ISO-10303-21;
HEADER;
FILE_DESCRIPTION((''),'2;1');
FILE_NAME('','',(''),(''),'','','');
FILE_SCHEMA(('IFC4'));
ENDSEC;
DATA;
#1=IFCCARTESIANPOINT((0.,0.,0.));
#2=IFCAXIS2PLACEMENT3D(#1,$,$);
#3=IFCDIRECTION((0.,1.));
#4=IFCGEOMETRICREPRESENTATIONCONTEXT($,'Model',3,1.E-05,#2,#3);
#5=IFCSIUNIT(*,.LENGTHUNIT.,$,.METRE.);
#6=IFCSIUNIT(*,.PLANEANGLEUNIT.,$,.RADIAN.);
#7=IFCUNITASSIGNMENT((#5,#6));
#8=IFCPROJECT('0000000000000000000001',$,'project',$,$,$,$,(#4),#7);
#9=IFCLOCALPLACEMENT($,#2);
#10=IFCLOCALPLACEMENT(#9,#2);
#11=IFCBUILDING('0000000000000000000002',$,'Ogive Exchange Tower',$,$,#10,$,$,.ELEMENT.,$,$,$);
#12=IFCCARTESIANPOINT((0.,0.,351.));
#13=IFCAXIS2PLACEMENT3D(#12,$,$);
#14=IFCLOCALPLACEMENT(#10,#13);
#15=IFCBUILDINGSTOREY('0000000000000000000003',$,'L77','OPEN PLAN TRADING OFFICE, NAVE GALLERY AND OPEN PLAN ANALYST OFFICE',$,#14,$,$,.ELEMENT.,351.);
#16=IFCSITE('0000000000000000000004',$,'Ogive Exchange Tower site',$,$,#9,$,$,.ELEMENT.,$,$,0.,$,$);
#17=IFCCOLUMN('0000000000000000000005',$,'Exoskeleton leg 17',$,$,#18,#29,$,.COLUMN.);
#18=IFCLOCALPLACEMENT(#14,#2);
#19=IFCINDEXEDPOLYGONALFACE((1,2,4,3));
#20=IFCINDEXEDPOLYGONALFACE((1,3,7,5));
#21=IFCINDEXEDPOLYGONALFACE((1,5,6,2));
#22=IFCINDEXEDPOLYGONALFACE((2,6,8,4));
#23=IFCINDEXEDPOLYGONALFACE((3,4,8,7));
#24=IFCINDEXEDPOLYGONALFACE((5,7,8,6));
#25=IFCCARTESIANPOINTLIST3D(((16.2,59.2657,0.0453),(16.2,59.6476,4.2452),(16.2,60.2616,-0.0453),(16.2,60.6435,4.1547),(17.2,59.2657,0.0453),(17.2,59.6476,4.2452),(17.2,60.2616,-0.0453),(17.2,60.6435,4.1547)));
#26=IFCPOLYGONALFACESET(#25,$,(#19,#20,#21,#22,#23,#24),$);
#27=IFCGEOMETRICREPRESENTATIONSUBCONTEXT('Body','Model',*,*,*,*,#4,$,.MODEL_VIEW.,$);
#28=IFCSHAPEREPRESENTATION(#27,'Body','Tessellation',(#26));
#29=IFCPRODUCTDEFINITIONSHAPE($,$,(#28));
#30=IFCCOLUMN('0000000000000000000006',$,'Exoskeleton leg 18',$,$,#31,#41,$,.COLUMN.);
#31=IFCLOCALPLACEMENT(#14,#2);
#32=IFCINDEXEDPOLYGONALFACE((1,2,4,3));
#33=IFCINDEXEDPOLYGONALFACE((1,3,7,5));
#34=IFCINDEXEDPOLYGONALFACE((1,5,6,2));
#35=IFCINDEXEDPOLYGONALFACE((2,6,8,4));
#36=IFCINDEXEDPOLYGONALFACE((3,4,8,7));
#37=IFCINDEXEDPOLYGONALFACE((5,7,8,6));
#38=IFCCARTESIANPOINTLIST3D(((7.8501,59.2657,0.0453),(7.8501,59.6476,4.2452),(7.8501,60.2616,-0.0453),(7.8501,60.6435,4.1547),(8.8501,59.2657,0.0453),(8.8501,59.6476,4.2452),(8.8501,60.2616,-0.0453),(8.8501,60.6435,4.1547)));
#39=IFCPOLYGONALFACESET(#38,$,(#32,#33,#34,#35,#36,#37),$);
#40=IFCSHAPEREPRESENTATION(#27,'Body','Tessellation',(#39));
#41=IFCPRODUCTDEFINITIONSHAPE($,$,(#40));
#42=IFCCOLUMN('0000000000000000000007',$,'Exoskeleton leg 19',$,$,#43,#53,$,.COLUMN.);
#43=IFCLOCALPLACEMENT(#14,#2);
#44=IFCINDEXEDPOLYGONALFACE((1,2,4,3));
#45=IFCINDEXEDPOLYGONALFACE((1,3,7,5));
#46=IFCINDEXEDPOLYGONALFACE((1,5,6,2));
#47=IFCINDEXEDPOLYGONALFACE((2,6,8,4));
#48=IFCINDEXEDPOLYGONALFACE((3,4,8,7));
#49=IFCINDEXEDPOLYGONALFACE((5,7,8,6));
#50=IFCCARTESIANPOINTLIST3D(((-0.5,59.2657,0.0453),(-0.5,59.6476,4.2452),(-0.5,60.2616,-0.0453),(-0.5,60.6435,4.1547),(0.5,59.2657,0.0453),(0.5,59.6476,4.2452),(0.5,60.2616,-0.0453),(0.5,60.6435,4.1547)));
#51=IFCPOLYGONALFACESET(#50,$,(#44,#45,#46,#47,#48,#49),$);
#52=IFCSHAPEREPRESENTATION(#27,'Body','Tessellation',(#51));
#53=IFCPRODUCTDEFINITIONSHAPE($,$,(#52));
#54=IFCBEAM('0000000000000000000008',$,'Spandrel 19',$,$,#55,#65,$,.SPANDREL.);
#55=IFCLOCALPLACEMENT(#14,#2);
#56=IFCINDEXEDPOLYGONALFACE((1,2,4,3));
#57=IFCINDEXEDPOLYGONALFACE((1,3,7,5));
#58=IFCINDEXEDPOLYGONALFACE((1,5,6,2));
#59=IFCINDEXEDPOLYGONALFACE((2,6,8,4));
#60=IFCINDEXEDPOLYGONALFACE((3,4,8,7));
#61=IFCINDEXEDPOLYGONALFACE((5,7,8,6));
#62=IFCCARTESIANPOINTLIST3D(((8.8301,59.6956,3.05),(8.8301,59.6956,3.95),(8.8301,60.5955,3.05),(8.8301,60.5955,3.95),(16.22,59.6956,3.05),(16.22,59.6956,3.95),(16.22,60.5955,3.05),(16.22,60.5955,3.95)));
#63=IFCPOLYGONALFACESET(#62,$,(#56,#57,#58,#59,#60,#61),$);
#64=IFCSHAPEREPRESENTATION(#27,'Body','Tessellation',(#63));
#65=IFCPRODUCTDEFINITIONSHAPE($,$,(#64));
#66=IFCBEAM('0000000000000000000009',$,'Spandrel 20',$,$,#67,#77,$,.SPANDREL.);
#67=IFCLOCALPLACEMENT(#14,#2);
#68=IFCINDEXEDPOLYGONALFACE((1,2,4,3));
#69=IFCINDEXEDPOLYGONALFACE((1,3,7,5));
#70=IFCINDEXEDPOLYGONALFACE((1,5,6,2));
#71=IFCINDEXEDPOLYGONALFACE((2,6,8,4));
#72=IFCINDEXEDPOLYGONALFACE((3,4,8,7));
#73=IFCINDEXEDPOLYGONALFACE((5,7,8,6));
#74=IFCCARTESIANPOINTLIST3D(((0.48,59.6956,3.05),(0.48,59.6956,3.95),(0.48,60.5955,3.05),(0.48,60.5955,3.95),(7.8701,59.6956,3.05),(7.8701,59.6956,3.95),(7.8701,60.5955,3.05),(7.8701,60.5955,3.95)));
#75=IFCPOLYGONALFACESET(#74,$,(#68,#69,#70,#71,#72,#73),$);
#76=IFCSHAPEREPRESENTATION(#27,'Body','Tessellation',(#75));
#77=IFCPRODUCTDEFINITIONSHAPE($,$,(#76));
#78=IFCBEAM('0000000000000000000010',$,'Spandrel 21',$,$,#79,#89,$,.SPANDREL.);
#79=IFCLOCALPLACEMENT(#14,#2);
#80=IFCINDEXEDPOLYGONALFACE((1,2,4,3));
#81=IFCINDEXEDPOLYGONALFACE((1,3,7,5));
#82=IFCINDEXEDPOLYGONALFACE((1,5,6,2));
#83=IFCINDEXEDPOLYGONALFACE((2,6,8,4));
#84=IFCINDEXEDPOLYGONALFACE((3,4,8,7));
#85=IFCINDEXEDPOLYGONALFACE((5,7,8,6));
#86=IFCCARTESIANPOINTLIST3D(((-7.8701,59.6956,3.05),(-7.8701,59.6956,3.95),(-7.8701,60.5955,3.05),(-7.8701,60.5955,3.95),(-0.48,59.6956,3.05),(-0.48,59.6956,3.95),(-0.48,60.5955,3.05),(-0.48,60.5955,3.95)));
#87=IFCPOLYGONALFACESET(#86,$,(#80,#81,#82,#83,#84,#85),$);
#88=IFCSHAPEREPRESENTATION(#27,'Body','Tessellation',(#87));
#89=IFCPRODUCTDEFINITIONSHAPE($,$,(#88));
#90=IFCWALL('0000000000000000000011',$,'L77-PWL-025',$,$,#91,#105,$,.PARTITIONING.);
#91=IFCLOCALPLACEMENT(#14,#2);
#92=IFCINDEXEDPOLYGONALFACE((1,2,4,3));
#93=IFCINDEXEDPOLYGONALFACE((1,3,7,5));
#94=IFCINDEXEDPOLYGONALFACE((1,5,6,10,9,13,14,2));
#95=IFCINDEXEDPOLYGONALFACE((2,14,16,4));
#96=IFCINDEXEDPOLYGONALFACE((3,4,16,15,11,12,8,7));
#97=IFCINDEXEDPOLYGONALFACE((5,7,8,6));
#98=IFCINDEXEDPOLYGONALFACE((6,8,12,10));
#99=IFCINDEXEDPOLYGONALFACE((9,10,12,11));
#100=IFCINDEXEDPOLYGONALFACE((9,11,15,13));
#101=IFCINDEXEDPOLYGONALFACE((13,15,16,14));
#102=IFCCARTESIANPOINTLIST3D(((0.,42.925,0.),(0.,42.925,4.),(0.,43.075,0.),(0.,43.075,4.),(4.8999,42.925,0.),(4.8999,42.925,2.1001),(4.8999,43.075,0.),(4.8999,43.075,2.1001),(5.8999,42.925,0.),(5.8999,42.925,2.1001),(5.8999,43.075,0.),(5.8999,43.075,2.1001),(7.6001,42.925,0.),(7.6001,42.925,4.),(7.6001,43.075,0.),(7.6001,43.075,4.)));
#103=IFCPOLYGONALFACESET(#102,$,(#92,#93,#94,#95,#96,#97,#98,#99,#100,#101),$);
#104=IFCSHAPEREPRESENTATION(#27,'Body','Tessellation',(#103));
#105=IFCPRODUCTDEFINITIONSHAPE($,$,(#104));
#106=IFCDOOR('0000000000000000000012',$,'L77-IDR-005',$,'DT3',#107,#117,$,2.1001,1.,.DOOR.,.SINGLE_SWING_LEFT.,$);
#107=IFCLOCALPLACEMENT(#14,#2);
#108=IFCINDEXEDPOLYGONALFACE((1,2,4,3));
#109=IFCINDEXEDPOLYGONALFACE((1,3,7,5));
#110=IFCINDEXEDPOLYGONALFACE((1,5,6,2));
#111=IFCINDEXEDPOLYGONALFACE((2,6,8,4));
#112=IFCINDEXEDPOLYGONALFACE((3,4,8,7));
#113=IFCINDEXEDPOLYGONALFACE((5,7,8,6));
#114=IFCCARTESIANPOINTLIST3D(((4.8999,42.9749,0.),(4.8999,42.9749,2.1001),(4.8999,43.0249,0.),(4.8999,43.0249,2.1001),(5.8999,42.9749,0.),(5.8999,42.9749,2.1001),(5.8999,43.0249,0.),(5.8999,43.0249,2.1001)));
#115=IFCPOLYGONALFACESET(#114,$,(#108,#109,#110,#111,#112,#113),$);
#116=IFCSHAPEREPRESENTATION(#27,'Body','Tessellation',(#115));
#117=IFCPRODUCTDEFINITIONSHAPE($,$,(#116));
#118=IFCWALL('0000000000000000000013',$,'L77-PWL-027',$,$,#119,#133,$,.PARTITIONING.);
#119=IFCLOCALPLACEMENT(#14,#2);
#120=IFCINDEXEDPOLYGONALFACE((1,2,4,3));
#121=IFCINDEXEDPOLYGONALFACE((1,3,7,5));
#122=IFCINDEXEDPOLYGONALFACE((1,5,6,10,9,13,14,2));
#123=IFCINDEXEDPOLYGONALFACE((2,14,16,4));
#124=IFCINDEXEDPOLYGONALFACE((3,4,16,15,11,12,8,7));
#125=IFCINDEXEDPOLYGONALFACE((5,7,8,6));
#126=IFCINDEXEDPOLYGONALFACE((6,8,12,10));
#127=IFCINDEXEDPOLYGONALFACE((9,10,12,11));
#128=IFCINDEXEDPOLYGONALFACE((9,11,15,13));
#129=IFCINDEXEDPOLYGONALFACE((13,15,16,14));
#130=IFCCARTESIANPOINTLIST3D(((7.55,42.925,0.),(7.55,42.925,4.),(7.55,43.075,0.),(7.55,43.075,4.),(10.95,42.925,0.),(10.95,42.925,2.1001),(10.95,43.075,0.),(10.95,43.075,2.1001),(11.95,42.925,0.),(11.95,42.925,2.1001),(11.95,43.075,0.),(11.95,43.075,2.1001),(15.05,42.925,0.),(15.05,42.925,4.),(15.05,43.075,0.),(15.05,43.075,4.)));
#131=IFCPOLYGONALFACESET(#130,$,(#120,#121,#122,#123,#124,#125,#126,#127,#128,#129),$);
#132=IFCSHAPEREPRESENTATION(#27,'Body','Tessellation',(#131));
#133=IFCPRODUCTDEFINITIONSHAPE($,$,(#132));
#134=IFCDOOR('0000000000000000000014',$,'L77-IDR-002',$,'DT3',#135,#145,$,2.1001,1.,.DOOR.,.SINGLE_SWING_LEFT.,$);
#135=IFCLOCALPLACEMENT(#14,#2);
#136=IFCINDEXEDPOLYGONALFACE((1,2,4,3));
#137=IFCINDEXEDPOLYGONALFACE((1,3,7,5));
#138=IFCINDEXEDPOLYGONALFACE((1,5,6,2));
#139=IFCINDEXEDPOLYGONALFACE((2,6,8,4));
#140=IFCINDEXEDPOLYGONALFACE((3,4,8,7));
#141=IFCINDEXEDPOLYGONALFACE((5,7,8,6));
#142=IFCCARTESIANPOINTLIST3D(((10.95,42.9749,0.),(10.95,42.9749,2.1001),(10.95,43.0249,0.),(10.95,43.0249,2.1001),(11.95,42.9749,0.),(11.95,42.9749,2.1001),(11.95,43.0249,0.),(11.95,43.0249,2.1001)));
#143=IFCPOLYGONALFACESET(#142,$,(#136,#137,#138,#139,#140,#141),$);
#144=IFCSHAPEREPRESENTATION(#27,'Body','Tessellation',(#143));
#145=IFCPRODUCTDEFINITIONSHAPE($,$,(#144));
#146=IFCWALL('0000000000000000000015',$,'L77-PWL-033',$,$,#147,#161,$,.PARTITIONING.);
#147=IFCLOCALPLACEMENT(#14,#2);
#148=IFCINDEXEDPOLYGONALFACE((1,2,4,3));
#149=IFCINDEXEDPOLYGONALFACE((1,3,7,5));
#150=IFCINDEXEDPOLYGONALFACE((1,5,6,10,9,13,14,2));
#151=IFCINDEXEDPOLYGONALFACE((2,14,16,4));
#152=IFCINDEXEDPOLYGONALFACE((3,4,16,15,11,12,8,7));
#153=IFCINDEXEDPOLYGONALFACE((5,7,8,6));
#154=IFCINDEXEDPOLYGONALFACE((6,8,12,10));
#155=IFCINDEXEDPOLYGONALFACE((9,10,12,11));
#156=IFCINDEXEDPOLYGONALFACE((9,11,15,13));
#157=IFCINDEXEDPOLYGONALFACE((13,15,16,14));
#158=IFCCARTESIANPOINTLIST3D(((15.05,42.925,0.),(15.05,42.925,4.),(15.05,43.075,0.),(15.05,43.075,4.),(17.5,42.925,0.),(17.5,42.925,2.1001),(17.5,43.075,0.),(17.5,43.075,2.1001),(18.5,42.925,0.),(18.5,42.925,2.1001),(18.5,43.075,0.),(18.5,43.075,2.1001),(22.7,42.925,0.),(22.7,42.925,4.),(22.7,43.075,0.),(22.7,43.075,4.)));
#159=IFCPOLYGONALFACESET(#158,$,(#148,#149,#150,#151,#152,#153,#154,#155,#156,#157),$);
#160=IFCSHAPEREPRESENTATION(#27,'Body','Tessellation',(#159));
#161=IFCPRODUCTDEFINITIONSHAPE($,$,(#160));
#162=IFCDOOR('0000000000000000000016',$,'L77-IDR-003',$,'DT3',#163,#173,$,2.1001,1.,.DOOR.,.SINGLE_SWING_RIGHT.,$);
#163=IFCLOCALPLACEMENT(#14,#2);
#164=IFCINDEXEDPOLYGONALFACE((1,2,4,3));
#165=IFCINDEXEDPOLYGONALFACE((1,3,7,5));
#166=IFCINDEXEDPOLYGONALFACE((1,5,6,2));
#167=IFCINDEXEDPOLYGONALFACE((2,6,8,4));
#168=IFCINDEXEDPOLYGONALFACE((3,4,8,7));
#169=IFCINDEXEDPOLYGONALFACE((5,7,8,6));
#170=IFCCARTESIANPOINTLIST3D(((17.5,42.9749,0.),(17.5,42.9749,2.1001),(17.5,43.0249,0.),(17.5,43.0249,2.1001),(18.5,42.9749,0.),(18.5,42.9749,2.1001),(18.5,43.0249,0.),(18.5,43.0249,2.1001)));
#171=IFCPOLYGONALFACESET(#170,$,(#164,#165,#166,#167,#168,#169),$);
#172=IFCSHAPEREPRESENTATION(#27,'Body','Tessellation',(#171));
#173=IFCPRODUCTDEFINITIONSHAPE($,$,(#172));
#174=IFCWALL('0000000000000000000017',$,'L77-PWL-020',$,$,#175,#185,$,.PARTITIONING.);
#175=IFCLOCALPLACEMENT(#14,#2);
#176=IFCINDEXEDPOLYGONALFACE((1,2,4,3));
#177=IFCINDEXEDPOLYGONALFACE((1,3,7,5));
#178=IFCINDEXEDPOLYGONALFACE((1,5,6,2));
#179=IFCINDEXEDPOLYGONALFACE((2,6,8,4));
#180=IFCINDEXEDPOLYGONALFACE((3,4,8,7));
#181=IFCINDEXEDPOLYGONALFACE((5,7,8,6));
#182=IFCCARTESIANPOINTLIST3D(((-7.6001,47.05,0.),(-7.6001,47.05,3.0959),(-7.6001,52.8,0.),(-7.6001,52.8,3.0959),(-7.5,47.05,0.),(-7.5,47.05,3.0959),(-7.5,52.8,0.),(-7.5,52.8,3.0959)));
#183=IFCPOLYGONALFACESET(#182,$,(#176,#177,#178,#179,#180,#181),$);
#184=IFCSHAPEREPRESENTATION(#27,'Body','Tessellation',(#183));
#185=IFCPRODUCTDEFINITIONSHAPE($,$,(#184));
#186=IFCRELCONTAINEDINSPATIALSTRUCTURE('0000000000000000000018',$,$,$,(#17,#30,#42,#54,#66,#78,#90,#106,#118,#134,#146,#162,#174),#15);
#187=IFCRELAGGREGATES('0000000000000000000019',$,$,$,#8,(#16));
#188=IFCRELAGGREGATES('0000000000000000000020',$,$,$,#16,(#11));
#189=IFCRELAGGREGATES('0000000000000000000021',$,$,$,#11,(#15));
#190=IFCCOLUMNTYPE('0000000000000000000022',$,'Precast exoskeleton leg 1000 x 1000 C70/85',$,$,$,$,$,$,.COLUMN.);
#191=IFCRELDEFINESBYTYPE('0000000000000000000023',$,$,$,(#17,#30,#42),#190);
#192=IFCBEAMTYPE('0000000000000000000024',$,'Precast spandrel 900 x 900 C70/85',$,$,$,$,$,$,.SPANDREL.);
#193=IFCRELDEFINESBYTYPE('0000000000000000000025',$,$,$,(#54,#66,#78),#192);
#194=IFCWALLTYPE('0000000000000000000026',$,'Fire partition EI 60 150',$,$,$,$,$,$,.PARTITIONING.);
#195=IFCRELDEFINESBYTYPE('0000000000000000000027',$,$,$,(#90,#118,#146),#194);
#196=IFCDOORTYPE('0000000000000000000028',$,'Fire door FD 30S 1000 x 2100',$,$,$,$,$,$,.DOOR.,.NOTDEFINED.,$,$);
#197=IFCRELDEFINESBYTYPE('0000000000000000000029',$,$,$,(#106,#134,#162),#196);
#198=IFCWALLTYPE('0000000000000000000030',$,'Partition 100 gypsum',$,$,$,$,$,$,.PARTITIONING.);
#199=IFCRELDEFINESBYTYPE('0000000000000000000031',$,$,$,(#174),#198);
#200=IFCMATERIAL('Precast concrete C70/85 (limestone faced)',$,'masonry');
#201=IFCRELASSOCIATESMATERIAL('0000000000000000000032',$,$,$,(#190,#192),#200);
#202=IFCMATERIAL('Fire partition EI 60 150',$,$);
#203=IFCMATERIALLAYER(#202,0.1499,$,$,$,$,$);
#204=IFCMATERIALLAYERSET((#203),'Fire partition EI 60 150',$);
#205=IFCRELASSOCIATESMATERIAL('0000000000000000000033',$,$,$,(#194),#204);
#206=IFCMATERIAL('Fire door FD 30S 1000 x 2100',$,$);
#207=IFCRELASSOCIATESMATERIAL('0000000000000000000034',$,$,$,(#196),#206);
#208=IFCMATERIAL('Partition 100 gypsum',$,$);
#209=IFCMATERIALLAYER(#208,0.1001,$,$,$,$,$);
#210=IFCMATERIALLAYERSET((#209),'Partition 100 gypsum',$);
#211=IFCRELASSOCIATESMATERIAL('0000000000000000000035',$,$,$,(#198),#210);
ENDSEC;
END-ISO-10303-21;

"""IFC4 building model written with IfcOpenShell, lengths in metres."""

from ifc_helpers import new_model, si_unit, direction, frame, frame_2d, origin, origin_2d, place, context, subcontext, project, spatial, rectangle, extrude, material, layer, layer_set, material_profile, profile_set, type_object, element, fill, save


model = new_model("IFC4")

# Units and contexts
model_context = context("Model", 3, precision=1e-05, world=origin(), true_north=direction((0.0, 1.0)))
body_context = subcontext(model_context, "Body", "Model", "MODEL_VIEW")
ifc_project = project(units=[si_unit("LENGTHUNIT", "METRE"), si_unit("PLANEANGLEUNIT", "RADIAN")], contexts=[model_context])

# Site, building, storey
site_placement = place(None, origin())
site = spatial("IfcSite", under=ifc_project, at=site_placement, Name="Ogive Exchange Tower site", CompositionType="ELEMENT", RefElevation=0.0)
building_placement = place(site_placement, origin())
building = spatial("IfcBuilding", under=site, at=building_placement, Name="Ogive Exchange Tower", CompositionType="ELEMENT")
storey_placement = place(building_placement, frame((0.0, 0.0, 351.0)))
storey = spatial("IfcBuildingStorey", under=building, at=storey_placement, Name="L77", Description="OPEN PLAN TRADING OFFICE, NAVE GALLERY AND OPEN PLAN ANALYST OFFICE", CompositionType="ELEMENT", Elevation=351.0)

# Columns
ifc_material_1 = material(Name="Precast concrete C70/85 (limestone faced)", Category="masonry")
ifc_material_profile_1 = material_profile(ifc_material_1, rectangle(XDim=1.0, YDim=1.0, at=origin_2d()), Name="1000 x 1000")
ifc_profile_set_1 = profile_set([ifc_material_profile_1], Name="Precast concrete C70/85 (limestone faced)")
column_type = type_object("IfcColumnType", Name="Precast exoskeleton leg 1000 x 1000 C70/85", PredefinedType="COLUMN", material=ifc_profile_set_1)
for number, where, z_axis, x_axis, name in (
    (1, (16.7, 59.7637, 0.0), (0.0, 0.090541, 0.995893), (-1.0, 0.0, 0.0), "Exoskeleton leg 17"),
    (2, (8.3501, 59.7637, 0.0), (0.0, 0.090541, 0.995893), (-1.0, 0.0, 0.0), "Exoskeleton leg 18"),
    (3, (0.0, 59.7637, 0.0), (0.0, 0.090541, 0.995893), (-1.0, 0.0, 0.0), "Exoskeleton leg 19"),
):
    element("IfcColumn", number, at=place(storey_placement, frame(where, z_axis=z_axis, x_axis=x_axis)), inside=storey, type_object=column_type, Name=name, PredefinedType="COLUMN", context=body_context, shape_type="SweptSolid", body=[
        extrude(rectangle(XDim=1.0, YDim=1.0, at=origin_2d()), origin(), (0.0, 0.0, 1.0), 4.2173),
    ])

# Beams
ifc_material_profile_2 = material_profile(ifc_material_1, rectangle(XDim=0.8999, YDim=0.8999, at=origin_2d()), Name="900 x 900")
ifc_profile_set_2 = profile_set([ifc_material_profile_2], Name="Precast concrete C70/85 (limestone faced)")
beam_type = type_object("IfcBeamType", Name="Precast spandrel 900 x 900 C70/85", PredefinedType="SPANDREL", material=ifc_profile_set_2)
beam_placement = place(storey_placement, frame((16.22, 60.1455, 3.5), z_axis=(-1.0, 0.0, 0.0), x_axis=(0.0, -1.0, 0.0)))
element("IfcBeam", 4, at=beam_placement, inside=storey, type_object=beam_type, Name="Spandrel 19", PredefinedType="SPANDREL", context=body_context, shape_type="SweptSolid", body=[
    extrude(rectangle(XDim=0.8999, YDim=0.8999, at=origin_2d()), origin(), (0.0, 0.0, 1.0), 7.3899),
])
for number, where, z_axis, x_axis, name in (
    (5, (7.8701, 60.1455, 3.5), (-1.0, 0.0, 0.0), (0.0, -1.0, 0.0), "Spandrel 20"),
    (6, (-0.48, 60.1455, 3.5), (-1.0, 0.0, 0.0), (0.0, -1.0, 0.0), "Spandrel 21"),
):
    element("IfcBeam", number, at=place(storey_placement, frame(where, z_axis=z_axis, x_axis=x_axis)), inside=storey, type_object=beam_type, Name=name, PredefinedType="SPANDREL", context=body_context, shape_type="SweptSolid", body=[
        extrude(rectangle(XDim=0.8999, YDim=0.8999, at=origin_2d()), origin(), (0.0, 0.0, 1.0), 7.3901),
    ])

# Walls, openings, doors
ifc_material_2 = material(Name="Fire partition EI 60 150")
ifc_layer_1 = layer(ifc_material_2, 0.1499)
ifc_layer_set_1 = layer_set([ifc_layer_1], Name="Fire partition EI 60 150")
wall_type_1 = type_object("IfcWallType", Name="Fire partition EI 60 150", PredefinedType="PARTITIONING", material=ifc_layer_set_1)
wall_1_placement = place(storey_placement, frame((0.0, 43.0, 0.0), z_axis=(0.0, 0.0, 1.0), x_axis=(1.0, 0.0, 0.0)))
wall_1 = element("IfcWall", 7, at=wall_1_placement, inside=storey, type_object=wall_type_1, Name="L77-PWL-025", PredefinedType="PARTITIONING", context=body_context, shape_type="SweptSolid", body=[
    extrude(rectangle(XDim=7.6001, YDim=0.1499, at=frame_2d((3.8, 0.0))), origin(), (0.0, 0.0, 1.0), 4.0),
])
opening_1_placement = place(wall_1_placement, frame((4.8999, 0.0, 0.0)))
opening_1 = element("IfcOpeningElement", 8, at=opening_1_placement, cuts=wall_1, PredefinedType="OPENING", context=body_context, shape_type="SweptSolid", body=[
    extrude(rectangle(XDim=1.0, YDim=2.1001, at=frame_2d((0.5, 1.05))), frame((0.0, 0.085, 0.0), z_axis=(0.0, -1.0, 0.0), x_axis=(1.0, 0.0, 0.0)), (0.0, 0.0, 1.0), 0.1699),
])
ifc_material_3 = material(Name="Fire door FD 30S 1000 x 2100")
door_type_1 = type_object("IfcDoorType", Name="Fire door FD 30S 1000 x 2100", OperationType="NOTDEFINED", PredefinedType="DOOR", material=ifc_material_3)
door_1_placement = place(opening_1_placement, origin())
door_1 = element("IfcDoor", 9, at=door_1_placement, inside=storey, type_object=door_type_1, Name="L77-IDR-005", ObjectType="DT3", OperationType="SINGLE_SWING_LEFT", OverallHeight=2.1001, OverallWidth=1.0, PredefinedType="DOOR", context=body_context, shape_type="SweptSolid", body=[
    extrude(rectangle(XDim=1.0, YDim=2.1001, at=frame_2d((0.5, 1.05))), frame((0.0, 0.0249, 0.0), z_axis=(0.0, -1.0, 0.0), x_axis=(1.0, 0.0, 0.0)), (0.0, 0.0, 1.0), 0.05),
])
fill(opening_1, door_1)
wall_2_placement = place(storey_placement, frame((7.55, 43.0, 0.0), z_axis=(0.0, 0.0, 1.0), x_axis=(1.0, 0.0, 0.0)))
wall_2 = element("IfcWall", 10, at=wall_2_placement, inside=storey, type_object=wall_type_1, Name="L77-PWL-027", PredefinedType="PARTITIONING", context=body_context, shape_type="SweptSolid", body=[
    extrude(rectangle(XDim=7.5, YDim=0.1499, at=frame_2d((3.75, 0.0))), origin(), (0.0, 0.0, 1.0), 4.0),
])
opening_2_placement = place(wall_2_placement, frame((3.3999, 0.0, 0.0)))
opening_2 = element("IfcOpeningElement", 11, at=opening_2_placement, cuts=wall_2, PredefinedType="OPENING", context=body_context, shape_type="SweptSolid", body=[
    extrude(rectangle(XDim=1.0, YDim=2.1001, at=frame_2d((0.5, 1.05))), frame((0.0, 0.085, 0.0), z_axis=(0.0, -1.0, 0.0), x_axis=(1.0, 0.0, 0.0)), (0.0, 0.0, 1.0), 0.1699),
])
door_2_placement = place(opening_2_placement, origin())
door_2 = element("IfcDoor", 12, at=door_2_placement, inside=storey, type_object=door_type_1, Name="L77-IDR-002", ObjectType="DT3", OperationType="SINGLE_SWING_LEFT", OverallHeight=2.1001, OverallWidth=1.0, PredefinedType="DOOR", context=body_context, shape_type="SweptSolid", body=[
    extrude(rectangle(XDim=1.0, YDim=2.1001, at=frame_2d((0.5, 1.05))), frame((0.0, 0.0249, 0.0), z_axis=(0.0, -1.0, 0.0), x_axis=(1.0, 0.0, 0.0)), (0.0, 0.0, 1.0), 0.05),
])
fill(opening_2, door_2)
wall_3_placement = place(storey_placement, frame((15.05, 43.0, 0.0), z_axis=(0.0, 0.0, 1.0), x_axis=(1.0, 0.0, 0.0)))
wall_3 = element("IfcWall", 13, at=wall_3_placement, inside=storey, type_object=wall_type_1, Name="L77-PWL-033", PredefinedType="PARTITIONING", context=body_context, shape_type="SweptSolid", body=[
    extrude(rectangle(XDim=7.6499, YDim=0.1499, at=frame_2d((3.825, 0.0))), origin(), (0.0, 0.0, 1.0), 4.0),
])
opening_3_placement = place(wall_3_placement, frame((2.45, 0.0, 0.0)))
opening_3 = element("IfcOpeningElement", 14, at=opening_3_placement, cuts=wall_3, PredefinedType="OPENING", context=body_context, shape_type="SweptSolid", body=[
    extrude(rectangle(XDim=1.0, YDim=2.1001, at=frame_2d((0.5, 1.05))), frame((0.0, 0.085, 0.0), z_axis=(0.0, -1.0, 0.0), x_axis=(1.0, 0.0, 0.0)), (0.0, 0.0, 1.0), 0.1699),
])
door_3_placement = place(opening_3_placement, origin())
door_3 = element("IfcDoor", 15, at=door_3_placement, inside=storey, type_object=door_type_1, Name="L77-IDR-003", ObjectType="DT3", OperationType="SINGLE_SWING_RIGHT", OverallHeight=2.1001, OverallWidth=1.0, PredefinedType="DOOR", context=body_context, shape_type="SweptSolid", body=[
    extrude(rectangle(XDim=1.0, YDim=2.1001, at=frame_2d((0.5, 1.05))), frame((0.0, 0.0249, 0.0), z_axis=(0.0, -1.0, 0.0), x_axis=(1.0, 0.0, 0.0)), (0.0, 0.0, 1.0), 0.05),
])
fill(opening_3, door_3)

# Wall
ifc_material_4 = material(Name="Partition 100 gypsum")
ifc_layer_2 = layer(ifc_material_4, 0.1001)
ifc_layer_set_2 = layer_set([ifc_layer_2], Name="Partition 100 gypsum")
wall_type_2 = type_object("IfcWallType", Name="Partition 100 gypsum", PredefinedType="PARTITIONING", material=ifc_layer_set_2)
wall_4_placement = place(storey_placement, frame((-7.55, 47.05, 0.0), z_axis=(0.0, 0.0, 1.0), x_axis=(0.0, 1.0, 0.0)))
element("IfcWall", 16, at=wall_4_placement, inside=storey, type_object=wall_type_2, Name="L77-PWL-020", PredefinedType="PARTITIONING", context=body_context, shape_type="SweptSolid", body=[
    extrude(rectangle(XDim=5.75, YDim=0.1001, at=frame_2d((2.875, 0.0))), origin(), (0.0, 0.0, 1.0), 3.0959),
])

save(model, "model.ifc")
